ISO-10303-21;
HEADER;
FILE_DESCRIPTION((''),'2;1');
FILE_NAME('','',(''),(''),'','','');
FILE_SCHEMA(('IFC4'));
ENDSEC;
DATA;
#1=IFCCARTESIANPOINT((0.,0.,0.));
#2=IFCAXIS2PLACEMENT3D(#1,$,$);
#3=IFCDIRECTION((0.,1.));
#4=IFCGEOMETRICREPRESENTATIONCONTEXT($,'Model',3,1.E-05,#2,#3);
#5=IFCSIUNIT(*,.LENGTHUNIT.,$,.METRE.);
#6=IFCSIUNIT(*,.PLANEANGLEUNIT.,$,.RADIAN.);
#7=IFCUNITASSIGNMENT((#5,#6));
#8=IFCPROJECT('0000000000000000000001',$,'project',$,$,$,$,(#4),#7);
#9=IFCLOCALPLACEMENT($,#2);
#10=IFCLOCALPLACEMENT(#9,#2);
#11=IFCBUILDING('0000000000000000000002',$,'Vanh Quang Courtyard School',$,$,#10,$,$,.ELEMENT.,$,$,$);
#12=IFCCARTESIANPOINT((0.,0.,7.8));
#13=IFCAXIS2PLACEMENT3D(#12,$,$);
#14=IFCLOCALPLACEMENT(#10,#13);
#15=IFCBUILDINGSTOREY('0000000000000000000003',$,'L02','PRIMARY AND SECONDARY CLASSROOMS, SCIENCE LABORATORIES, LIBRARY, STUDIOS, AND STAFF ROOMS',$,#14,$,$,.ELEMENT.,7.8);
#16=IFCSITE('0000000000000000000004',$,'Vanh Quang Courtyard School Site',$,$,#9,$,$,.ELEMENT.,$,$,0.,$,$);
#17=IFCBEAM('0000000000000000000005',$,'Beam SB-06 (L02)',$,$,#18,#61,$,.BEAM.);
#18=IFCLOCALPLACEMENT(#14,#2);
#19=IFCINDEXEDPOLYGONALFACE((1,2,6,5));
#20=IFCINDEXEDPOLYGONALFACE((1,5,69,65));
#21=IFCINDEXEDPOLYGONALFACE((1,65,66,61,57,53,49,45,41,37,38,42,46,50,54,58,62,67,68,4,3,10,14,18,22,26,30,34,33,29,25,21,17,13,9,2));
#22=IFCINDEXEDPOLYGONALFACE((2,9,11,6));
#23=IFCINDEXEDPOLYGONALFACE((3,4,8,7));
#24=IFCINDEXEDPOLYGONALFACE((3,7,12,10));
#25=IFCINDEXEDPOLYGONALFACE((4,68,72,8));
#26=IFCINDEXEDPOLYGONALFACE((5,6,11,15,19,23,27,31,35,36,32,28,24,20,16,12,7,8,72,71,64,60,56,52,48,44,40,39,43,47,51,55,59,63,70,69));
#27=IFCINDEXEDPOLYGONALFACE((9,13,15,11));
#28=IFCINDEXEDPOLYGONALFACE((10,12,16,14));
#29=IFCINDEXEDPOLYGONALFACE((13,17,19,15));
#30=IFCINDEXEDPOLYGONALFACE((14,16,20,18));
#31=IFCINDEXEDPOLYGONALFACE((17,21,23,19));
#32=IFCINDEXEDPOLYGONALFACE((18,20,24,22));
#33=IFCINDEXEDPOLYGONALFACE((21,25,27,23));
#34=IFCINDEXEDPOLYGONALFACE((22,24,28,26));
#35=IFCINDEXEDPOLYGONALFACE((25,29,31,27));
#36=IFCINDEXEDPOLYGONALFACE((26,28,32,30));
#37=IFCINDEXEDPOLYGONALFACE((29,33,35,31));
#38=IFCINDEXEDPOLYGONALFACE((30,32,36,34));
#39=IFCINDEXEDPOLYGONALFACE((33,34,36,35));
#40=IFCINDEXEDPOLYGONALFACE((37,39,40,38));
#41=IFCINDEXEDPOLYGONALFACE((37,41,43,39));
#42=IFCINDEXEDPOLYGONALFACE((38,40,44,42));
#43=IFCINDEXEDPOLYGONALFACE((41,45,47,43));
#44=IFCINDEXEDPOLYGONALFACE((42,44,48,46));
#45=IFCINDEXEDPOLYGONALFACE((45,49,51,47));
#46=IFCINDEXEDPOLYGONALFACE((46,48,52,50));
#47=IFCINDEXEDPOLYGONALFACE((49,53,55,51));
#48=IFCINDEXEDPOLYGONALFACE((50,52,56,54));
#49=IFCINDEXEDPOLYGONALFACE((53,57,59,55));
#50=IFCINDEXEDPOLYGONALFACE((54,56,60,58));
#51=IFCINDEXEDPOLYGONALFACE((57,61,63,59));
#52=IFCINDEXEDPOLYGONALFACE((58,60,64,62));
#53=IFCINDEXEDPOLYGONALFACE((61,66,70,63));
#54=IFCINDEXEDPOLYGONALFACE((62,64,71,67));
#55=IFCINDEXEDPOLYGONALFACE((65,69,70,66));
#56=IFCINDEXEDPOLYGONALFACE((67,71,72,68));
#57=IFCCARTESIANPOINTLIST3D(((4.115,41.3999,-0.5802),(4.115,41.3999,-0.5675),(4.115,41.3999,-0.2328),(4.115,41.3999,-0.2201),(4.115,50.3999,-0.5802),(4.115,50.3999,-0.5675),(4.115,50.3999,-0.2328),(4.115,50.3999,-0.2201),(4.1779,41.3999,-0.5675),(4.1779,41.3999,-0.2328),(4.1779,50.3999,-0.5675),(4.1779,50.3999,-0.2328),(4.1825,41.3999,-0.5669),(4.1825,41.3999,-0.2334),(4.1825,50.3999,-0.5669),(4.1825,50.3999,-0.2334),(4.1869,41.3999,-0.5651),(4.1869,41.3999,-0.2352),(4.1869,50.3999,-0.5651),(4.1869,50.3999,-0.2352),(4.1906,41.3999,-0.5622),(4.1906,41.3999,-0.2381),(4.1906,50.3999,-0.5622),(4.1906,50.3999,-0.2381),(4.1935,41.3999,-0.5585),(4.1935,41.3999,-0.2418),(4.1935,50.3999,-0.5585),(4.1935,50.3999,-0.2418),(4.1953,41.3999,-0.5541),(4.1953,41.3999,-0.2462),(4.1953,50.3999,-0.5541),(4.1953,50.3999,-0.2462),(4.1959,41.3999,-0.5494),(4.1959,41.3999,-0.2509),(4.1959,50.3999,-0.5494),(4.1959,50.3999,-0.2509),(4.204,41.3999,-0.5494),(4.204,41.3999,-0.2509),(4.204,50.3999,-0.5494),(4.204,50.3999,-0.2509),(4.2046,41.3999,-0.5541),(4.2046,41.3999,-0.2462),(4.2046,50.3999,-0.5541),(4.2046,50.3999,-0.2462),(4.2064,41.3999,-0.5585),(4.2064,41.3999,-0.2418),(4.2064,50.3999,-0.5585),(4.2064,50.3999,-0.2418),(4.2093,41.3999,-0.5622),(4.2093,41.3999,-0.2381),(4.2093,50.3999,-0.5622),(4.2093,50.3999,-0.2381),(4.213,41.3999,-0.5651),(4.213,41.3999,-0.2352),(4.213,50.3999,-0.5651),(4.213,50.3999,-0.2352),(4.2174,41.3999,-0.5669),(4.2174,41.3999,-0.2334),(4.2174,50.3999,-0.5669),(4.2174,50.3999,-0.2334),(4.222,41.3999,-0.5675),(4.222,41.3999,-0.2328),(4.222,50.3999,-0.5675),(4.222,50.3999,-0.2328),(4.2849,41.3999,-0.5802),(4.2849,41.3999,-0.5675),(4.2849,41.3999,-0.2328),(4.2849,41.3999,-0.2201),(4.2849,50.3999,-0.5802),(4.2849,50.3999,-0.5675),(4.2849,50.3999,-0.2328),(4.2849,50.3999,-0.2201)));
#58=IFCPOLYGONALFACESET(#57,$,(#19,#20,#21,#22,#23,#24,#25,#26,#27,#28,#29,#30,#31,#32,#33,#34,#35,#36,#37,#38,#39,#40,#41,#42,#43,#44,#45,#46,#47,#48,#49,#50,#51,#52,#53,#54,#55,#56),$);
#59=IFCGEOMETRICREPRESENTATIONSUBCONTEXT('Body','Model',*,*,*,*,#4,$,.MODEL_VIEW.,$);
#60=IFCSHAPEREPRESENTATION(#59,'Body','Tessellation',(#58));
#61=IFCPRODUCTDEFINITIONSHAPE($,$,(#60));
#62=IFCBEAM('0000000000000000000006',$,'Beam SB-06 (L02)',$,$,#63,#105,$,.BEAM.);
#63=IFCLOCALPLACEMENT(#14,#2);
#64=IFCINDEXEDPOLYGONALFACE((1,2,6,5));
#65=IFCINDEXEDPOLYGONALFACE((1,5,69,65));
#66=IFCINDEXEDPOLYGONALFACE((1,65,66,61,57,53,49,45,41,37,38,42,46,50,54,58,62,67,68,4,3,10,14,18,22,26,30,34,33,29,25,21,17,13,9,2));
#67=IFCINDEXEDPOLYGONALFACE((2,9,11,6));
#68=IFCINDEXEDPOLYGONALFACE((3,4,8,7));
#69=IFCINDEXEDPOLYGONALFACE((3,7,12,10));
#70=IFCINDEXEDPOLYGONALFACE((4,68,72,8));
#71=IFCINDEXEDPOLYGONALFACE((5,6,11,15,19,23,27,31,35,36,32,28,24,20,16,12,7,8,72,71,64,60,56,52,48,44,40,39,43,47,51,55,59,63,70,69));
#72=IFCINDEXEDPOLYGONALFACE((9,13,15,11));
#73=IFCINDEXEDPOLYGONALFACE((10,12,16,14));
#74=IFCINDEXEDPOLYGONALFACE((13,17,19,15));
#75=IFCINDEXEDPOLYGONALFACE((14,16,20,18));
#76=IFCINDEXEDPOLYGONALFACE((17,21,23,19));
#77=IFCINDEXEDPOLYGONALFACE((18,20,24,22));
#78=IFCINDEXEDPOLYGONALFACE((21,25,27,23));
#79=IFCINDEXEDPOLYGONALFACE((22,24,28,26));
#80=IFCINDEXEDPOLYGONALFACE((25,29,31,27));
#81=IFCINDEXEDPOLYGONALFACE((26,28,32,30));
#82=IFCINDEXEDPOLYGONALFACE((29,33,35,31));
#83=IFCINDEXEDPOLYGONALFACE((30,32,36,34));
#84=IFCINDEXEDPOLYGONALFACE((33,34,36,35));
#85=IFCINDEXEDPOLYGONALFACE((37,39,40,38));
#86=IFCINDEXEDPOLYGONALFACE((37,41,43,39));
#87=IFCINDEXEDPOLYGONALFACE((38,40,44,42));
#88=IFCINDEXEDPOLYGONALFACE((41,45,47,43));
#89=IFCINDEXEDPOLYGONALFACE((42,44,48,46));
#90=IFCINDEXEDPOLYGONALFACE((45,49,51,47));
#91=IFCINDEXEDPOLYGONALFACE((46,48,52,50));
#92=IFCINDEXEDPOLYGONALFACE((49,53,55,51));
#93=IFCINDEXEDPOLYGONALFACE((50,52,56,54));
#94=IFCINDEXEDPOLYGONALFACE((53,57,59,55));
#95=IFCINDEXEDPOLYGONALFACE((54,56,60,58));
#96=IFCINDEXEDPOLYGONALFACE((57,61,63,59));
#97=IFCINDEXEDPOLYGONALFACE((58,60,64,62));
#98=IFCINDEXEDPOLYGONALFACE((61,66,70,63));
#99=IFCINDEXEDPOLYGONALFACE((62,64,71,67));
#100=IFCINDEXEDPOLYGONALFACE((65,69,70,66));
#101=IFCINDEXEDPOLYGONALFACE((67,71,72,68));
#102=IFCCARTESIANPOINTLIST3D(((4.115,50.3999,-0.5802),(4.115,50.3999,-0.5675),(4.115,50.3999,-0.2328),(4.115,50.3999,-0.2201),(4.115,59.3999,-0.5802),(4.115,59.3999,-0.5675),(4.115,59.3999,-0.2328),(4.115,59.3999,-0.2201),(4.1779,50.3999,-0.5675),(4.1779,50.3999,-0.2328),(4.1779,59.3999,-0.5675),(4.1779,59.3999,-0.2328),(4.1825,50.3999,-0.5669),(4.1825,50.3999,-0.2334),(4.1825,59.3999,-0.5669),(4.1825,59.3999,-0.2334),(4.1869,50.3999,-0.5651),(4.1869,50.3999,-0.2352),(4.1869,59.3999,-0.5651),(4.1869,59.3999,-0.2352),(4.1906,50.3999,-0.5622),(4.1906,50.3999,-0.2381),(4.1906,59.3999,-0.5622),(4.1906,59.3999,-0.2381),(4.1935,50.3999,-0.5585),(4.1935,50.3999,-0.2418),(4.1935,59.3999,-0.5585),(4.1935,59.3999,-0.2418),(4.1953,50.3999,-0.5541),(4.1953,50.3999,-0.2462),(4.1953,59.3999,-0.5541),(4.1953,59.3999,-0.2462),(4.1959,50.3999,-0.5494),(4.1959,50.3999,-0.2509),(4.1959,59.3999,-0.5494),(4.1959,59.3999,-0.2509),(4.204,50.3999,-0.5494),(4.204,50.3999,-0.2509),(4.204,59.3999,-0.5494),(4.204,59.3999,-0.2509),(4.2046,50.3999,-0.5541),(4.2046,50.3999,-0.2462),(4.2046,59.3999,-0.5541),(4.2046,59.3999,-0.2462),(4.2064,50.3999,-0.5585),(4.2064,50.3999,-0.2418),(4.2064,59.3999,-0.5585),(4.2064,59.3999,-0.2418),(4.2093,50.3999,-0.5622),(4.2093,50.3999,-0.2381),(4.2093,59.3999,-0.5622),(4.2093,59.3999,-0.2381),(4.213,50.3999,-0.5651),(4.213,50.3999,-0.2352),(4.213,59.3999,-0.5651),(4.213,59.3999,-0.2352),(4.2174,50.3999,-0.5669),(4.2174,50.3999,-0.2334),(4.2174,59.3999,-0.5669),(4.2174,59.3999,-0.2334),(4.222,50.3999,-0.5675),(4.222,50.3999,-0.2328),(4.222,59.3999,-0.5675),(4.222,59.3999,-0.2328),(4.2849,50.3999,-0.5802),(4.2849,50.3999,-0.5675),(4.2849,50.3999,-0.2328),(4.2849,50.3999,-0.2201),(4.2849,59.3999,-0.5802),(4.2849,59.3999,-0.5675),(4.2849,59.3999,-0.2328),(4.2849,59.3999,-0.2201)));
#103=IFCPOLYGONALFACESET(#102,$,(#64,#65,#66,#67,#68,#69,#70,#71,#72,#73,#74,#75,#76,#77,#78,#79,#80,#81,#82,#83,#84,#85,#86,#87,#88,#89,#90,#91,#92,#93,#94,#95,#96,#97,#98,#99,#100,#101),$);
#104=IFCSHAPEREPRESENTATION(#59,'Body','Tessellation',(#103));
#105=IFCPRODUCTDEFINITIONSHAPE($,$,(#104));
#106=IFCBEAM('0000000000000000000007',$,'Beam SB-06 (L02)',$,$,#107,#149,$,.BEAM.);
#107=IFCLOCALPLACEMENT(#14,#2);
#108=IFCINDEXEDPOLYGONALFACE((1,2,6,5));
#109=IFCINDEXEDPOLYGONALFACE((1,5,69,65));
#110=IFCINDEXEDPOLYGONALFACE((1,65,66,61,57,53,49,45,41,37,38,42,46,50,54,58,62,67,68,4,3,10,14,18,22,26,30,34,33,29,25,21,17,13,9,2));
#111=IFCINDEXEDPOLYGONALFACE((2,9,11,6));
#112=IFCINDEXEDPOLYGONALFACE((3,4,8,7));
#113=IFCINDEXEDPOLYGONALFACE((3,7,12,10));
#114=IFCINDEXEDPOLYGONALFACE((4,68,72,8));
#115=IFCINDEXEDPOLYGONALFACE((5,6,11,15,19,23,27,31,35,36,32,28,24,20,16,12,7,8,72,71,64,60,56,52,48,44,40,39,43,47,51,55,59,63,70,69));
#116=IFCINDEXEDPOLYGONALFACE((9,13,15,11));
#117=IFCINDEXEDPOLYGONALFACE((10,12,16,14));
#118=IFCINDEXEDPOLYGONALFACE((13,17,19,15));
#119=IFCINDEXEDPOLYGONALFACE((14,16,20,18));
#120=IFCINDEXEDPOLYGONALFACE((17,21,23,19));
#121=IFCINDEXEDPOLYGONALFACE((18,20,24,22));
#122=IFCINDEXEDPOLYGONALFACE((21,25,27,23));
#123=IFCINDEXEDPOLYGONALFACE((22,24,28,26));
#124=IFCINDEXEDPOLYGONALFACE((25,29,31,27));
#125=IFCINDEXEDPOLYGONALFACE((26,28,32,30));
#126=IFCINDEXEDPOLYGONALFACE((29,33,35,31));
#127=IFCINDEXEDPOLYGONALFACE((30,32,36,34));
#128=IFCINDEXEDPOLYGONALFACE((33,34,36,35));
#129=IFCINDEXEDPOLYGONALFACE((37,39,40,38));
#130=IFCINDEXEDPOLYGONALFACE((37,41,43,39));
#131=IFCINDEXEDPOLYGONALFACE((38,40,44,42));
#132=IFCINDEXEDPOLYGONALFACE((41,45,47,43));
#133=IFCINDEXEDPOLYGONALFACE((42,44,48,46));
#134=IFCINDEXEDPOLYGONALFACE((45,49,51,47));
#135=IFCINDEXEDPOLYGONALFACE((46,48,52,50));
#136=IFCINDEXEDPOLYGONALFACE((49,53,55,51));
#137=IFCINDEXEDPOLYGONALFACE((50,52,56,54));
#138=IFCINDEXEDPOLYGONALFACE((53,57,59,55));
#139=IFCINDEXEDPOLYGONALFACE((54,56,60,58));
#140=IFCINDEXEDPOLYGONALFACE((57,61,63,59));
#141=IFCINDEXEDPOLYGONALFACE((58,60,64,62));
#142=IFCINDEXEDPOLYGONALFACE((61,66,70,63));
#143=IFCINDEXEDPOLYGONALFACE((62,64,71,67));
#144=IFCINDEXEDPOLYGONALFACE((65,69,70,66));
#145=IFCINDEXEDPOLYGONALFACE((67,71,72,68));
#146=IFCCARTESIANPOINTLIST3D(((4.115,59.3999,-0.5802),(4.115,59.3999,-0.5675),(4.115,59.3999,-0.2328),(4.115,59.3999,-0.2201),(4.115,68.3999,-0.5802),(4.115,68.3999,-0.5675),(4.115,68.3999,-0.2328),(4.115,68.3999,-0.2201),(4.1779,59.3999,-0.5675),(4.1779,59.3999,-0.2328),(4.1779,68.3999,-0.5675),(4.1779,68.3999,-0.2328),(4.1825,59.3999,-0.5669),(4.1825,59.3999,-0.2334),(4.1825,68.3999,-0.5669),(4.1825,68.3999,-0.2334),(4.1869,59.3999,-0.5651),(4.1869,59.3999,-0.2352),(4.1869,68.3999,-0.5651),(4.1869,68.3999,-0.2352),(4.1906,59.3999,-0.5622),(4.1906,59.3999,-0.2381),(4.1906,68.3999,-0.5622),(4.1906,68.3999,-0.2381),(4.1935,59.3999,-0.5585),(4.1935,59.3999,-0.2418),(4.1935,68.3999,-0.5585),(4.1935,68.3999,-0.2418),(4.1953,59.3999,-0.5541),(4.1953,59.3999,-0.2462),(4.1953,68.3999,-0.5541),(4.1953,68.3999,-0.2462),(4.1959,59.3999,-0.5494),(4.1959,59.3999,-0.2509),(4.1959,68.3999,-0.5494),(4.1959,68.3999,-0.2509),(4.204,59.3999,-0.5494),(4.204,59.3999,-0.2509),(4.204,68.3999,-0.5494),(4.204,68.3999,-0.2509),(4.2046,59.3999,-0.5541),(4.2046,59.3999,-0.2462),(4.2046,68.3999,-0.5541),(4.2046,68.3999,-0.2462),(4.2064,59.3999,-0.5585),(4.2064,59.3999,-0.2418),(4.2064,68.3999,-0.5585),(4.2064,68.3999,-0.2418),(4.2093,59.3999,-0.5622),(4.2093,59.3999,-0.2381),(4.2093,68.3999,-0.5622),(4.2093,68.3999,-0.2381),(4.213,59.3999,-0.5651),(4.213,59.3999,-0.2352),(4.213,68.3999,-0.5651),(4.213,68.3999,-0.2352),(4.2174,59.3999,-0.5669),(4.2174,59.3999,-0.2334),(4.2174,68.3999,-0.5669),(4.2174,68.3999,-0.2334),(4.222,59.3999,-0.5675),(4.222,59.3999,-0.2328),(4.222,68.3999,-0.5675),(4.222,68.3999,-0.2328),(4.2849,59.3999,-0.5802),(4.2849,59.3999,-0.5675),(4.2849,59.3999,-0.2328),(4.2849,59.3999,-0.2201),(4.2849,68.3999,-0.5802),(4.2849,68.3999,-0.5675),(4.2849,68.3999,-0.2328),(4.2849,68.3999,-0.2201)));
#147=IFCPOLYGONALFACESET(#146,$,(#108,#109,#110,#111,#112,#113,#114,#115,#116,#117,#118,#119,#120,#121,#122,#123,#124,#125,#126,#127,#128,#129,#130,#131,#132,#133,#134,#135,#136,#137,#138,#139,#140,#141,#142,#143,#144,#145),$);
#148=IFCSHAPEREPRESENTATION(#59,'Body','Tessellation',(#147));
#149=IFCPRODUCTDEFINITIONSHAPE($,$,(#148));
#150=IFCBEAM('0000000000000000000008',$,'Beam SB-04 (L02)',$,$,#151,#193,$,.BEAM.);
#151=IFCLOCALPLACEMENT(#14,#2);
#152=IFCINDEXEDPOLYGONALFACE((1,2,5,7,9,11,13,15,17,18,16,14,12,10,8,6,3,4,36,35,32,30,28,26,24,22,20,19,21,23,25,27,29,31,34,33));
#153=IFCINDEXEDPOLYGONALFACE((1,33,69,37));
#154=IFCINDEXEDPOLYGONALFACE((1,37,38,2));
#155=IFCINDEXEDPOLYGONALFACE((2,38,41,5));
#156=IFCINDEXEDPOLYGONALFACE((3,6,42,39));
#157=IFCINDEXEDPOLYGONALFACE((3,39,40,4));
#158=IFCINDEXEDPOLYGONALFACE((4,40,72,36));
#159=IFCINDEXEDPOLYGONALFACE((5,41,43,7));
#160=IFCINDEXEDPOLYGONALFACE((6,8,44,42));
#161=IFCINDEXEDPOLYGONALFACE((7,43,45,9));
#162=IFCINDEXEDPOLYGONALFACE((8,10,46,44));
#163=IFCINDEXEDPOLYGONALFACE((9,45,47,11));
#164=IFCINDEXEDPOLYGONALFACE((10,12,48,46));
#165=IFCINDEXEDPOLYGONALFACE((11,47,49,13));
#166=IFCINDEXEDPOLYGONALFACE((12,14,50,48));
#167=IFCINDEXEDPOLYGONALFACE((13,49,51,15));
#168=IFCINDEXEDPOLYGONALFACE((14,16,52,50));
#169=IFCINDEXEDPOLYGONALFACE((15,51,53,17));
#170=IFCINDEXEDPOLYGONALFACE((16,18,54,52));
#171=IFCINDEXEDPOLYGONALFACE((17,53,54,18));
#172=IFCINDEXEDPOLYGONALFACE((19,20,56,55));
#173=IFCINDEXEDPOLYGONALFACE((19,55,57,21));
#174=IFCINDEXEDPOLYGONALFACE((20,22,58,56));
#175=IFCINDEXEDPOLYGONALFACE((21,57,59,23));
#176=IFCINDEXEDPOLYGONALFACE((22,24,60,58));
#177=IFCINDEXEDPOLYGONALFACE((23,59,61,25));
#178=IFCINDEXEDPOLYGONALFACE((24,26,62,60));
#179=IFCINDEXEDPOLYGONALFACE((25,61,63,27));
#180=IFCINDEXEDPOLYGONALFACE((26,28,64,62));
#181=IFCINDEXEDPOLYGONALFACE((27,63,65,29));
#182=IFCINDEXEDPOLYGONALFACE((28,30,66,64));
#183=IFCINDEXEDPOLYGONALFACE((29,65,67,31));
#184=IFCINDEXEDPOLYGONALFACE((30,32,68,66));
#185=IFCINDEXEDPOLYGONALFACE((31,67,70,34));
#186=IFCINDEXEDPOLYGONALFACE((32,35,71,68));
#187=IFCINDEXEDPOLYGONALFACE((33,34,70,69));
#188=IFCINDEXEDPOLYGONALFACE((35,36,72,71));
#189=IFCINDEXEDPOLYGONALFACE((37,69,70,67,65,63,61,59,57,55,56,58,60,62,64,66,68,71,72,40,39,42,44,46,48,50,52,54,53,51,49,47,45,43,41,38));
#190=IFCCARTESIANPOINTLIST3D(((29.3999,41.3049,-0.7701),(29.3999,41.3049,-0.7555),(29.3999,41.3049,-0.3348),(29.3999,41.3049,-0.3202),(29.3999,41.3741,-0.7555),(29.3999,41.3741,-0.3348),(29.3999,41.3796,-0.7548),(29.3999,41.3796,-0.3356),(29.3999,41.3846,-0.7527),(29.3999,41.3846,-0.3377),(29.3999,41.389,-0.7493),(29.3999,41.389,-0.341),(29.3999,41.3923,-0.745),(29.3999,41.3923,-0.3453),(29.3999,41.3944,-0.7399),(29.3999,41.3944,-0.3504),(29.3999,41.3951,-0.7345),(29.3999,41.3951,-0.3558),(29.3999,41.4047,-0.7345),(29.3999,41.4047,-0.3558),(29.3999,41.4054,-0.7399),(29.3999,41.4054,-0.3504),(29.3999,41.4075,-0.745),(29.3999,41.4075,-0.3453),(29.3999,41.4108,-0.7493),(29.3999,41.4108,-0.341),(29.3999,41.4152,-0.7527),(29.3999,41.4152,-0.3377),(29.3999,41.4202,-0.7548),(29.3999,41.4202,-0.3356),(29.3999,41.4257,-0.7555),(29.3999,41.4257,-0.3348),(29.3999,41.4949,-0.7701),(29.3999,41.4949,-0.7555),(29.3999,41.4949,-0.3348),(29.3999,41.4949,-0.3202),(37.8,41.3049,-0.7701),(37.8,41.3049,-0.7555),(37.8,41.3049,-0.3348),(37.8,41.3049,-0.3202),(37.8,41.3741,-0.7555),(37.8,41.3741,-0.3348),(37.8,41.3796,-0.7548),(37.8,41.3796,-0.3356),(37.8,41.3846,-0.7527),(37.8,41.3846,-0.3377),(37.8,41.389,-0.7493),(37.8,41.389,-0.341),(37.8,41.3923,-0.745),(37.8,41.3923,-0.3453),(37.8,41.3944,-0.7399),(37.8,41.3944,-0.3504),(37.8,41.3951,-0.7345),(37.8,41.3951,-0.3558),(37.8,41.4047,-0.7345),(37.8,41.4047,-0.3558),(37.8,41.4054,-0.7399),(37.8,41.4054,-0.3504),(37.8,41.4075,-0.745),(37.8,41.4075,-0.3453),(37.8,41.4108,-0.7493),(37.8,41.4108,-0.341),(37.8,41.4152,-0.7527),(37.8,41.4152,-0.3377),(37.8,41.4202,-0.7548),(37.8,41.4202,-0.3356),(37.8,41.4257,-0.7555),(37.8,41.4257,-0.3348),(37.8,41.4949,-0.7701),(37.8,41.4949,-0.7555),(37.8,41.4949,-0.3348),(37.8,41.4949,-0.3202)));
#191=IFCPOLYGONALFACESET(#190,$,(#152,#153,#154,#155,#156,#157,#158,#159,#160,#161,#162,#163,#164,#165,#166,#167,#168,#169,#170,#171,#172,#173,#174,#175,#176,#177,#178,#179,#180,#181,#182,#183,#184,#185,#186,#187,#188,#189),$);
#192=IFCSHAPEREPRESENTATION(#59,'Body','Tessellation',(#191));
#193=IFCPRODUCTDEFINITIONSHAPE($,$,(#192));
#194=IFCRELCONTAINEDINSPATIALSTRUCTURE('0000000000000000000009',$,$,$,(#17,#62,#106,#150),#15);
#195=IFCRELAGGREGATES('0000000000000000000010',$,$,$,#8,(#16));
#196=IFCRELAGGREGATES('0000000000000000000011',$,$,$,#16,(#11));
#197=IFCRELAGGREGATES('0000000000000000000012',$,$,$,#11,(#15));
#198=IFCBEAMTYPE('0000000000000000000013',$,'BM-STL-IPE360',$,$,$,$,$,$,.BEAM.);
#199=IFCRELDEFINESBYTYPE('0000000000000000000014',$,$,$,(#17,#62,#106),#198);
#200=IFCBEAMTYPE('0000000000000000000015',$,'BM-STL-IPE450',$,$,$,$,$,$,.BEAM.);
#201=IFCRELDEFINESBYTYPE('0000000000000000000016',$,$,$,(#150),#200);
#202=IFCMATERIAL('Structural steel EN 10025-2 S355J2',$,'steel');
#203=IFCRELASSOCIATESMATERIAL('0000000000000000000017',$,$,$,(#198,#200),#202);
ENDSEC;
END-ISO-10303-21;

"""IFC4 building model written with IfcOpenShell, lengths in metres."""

from ifc_helpers import new_model, si_unit, direction, frame, origin, origin_2d, place, context, subcontext, project, spatial, i_section, extrude, material, material_profile, profile_set, type_object, element, save


model = new_model("IFC4")

# Units and contexts
model_context = context("Model", 3, precision=1e-05, world=origin(), true_north=direction((0.0, 1.0)))
body_context = subcontext(model_context, "Body", "Model", "MODEL_VIEW")
ifc_project = project(units=[si_unit("LENGTHUNIT", "METRE"), si_unit("PLANEANGLEUNIT", "RADIAN")], contexts=[model_context])

# Site, building, storey
site_placement = place(None, origin())
site = spatial("IfcSite", under=ifc_project, at=site_placement, Name="Vanh Quang Courtyard School Site", CompositionType="ELEMENT", RefElevation=0.0)
building_placement = place(site_placement, origin())
building = spatial("IfcBuilding", under=site, at=building_placement, Name="Vanh Quang Courtyard School", CompositionType="ELEMENT")
storey_placement = place(building_placement, frame((0.0, 0.0, 7.8)))
storey = spatial("IfcBuildingStorey", under=building, at=storey_placement, Name="L02", Description="PRIMARY AND SECONDARY CLASSROOMS, SCIENCE LABORATORIES, LIBRARY, STUDIOS, AND STAFF ROOMS", CompositionType="ELEMENT", Elevation=7.8)

# Beams
ifc_material_1 = material(Name="Structural steel EN 10025-2 S355J2", Category="steel")
ifc_material_profile_1 = material_profile(ifc_material_1, i_section(OverallWidth=0.1699, OverallDepth=0.3601, WebThickness=0.0081, FlangeThickness=0.0127, FilletRadius=0.0181, at=origin_2d()), Name="IPE 360")
ifc_profile_set_1 = profile_set([ifc_material_profile_1], Name="Structural steel EN 10025-2 S355J2")
beam_type_1 = type_object("IfcBeamType", Name="BM-STL-IPE360", PredefinedType="BEAM", material=ifc_profile_set_1)
for number, where, z_axis, x_axis, name in (
    (1, (4.2, 41.3999, -0.4001), (0.0, 1.0, 0.0), (-1.0, 0.0, 0.0), "Beam SB-06 (L02)"),
    (2, (4.2, 50.3999, -0.4001), (0.0, 1.0, 0.0), (-1.0, 0.0, 0.0), "Beam SB-06 (L02)"),
    (3, (4.2, 59.3999, -0.4001), (0.0, 1.0, 0.0), (-1.0, 0.0, 0.0), "Beam SB-06 (L02)"),
):
    element("IfcBeam", number, at=place(storey_placement, frame(where, z_axis=z_axis, x_axis=x_axis)), inside=storey, type_object=beam_type_1, Name=name, PredefinedType="BEAM", context=body_context, shape_type="SweptSolid", body=[
        extrude(i_section(OverallWidth=0.1699, OverallDepth=0.3601, WebThickness=0.0081, FlangeThickness=0.0127, FilletRadius=0.0181, at=origin_2d()), origin(), (0.0, 0.0, 1.0), 9.0),
    ])
ifc_material_profile_2 = material_profile(ifc_material_1, i_section(OverallWidth=0.1899, OverallDepth=0.45, WebThickness=0.0095, FlangeThickness=0.0146, FilletRadius=0.021, at=origin_2d()), Name="IPE 450")
ifc_profile_set_2 = profile_set([ifc_material_profile_2], Name="Structural steel EN 10025-2 S355J2")
beam_type_2 = type_object("IfcBeamType", Name="BM-STL-IPE450", PredefinedType="BEAM", material=ifc_profile_set_2)
beam_1_placement = place(storey_placement, frame((29.3999, 41.3999, -0.5452), z_axis=(1.0, 0.0, 0.0), x_axis=(0.0, 1.0, 0.0)))
element("IfcBeam", 4, at=beam_1_placement, inside=storey, type_object=beam_type_2, Name="Beam SB-04 (L02)", PredefinedType="BEAM", context=body_context, shape_type="SweptSolid", body=[
    extrude(i_section(OverallWidth=0.1899, OverallDepth=0.45, WebThickness=0.0095, FlangeThickness=0.0146, FilletRadius=0.021, at=origin_2d()), origin(), (0.0, 0.0, 1.0), 8.4001),
])

save(model, "model.ifc")
